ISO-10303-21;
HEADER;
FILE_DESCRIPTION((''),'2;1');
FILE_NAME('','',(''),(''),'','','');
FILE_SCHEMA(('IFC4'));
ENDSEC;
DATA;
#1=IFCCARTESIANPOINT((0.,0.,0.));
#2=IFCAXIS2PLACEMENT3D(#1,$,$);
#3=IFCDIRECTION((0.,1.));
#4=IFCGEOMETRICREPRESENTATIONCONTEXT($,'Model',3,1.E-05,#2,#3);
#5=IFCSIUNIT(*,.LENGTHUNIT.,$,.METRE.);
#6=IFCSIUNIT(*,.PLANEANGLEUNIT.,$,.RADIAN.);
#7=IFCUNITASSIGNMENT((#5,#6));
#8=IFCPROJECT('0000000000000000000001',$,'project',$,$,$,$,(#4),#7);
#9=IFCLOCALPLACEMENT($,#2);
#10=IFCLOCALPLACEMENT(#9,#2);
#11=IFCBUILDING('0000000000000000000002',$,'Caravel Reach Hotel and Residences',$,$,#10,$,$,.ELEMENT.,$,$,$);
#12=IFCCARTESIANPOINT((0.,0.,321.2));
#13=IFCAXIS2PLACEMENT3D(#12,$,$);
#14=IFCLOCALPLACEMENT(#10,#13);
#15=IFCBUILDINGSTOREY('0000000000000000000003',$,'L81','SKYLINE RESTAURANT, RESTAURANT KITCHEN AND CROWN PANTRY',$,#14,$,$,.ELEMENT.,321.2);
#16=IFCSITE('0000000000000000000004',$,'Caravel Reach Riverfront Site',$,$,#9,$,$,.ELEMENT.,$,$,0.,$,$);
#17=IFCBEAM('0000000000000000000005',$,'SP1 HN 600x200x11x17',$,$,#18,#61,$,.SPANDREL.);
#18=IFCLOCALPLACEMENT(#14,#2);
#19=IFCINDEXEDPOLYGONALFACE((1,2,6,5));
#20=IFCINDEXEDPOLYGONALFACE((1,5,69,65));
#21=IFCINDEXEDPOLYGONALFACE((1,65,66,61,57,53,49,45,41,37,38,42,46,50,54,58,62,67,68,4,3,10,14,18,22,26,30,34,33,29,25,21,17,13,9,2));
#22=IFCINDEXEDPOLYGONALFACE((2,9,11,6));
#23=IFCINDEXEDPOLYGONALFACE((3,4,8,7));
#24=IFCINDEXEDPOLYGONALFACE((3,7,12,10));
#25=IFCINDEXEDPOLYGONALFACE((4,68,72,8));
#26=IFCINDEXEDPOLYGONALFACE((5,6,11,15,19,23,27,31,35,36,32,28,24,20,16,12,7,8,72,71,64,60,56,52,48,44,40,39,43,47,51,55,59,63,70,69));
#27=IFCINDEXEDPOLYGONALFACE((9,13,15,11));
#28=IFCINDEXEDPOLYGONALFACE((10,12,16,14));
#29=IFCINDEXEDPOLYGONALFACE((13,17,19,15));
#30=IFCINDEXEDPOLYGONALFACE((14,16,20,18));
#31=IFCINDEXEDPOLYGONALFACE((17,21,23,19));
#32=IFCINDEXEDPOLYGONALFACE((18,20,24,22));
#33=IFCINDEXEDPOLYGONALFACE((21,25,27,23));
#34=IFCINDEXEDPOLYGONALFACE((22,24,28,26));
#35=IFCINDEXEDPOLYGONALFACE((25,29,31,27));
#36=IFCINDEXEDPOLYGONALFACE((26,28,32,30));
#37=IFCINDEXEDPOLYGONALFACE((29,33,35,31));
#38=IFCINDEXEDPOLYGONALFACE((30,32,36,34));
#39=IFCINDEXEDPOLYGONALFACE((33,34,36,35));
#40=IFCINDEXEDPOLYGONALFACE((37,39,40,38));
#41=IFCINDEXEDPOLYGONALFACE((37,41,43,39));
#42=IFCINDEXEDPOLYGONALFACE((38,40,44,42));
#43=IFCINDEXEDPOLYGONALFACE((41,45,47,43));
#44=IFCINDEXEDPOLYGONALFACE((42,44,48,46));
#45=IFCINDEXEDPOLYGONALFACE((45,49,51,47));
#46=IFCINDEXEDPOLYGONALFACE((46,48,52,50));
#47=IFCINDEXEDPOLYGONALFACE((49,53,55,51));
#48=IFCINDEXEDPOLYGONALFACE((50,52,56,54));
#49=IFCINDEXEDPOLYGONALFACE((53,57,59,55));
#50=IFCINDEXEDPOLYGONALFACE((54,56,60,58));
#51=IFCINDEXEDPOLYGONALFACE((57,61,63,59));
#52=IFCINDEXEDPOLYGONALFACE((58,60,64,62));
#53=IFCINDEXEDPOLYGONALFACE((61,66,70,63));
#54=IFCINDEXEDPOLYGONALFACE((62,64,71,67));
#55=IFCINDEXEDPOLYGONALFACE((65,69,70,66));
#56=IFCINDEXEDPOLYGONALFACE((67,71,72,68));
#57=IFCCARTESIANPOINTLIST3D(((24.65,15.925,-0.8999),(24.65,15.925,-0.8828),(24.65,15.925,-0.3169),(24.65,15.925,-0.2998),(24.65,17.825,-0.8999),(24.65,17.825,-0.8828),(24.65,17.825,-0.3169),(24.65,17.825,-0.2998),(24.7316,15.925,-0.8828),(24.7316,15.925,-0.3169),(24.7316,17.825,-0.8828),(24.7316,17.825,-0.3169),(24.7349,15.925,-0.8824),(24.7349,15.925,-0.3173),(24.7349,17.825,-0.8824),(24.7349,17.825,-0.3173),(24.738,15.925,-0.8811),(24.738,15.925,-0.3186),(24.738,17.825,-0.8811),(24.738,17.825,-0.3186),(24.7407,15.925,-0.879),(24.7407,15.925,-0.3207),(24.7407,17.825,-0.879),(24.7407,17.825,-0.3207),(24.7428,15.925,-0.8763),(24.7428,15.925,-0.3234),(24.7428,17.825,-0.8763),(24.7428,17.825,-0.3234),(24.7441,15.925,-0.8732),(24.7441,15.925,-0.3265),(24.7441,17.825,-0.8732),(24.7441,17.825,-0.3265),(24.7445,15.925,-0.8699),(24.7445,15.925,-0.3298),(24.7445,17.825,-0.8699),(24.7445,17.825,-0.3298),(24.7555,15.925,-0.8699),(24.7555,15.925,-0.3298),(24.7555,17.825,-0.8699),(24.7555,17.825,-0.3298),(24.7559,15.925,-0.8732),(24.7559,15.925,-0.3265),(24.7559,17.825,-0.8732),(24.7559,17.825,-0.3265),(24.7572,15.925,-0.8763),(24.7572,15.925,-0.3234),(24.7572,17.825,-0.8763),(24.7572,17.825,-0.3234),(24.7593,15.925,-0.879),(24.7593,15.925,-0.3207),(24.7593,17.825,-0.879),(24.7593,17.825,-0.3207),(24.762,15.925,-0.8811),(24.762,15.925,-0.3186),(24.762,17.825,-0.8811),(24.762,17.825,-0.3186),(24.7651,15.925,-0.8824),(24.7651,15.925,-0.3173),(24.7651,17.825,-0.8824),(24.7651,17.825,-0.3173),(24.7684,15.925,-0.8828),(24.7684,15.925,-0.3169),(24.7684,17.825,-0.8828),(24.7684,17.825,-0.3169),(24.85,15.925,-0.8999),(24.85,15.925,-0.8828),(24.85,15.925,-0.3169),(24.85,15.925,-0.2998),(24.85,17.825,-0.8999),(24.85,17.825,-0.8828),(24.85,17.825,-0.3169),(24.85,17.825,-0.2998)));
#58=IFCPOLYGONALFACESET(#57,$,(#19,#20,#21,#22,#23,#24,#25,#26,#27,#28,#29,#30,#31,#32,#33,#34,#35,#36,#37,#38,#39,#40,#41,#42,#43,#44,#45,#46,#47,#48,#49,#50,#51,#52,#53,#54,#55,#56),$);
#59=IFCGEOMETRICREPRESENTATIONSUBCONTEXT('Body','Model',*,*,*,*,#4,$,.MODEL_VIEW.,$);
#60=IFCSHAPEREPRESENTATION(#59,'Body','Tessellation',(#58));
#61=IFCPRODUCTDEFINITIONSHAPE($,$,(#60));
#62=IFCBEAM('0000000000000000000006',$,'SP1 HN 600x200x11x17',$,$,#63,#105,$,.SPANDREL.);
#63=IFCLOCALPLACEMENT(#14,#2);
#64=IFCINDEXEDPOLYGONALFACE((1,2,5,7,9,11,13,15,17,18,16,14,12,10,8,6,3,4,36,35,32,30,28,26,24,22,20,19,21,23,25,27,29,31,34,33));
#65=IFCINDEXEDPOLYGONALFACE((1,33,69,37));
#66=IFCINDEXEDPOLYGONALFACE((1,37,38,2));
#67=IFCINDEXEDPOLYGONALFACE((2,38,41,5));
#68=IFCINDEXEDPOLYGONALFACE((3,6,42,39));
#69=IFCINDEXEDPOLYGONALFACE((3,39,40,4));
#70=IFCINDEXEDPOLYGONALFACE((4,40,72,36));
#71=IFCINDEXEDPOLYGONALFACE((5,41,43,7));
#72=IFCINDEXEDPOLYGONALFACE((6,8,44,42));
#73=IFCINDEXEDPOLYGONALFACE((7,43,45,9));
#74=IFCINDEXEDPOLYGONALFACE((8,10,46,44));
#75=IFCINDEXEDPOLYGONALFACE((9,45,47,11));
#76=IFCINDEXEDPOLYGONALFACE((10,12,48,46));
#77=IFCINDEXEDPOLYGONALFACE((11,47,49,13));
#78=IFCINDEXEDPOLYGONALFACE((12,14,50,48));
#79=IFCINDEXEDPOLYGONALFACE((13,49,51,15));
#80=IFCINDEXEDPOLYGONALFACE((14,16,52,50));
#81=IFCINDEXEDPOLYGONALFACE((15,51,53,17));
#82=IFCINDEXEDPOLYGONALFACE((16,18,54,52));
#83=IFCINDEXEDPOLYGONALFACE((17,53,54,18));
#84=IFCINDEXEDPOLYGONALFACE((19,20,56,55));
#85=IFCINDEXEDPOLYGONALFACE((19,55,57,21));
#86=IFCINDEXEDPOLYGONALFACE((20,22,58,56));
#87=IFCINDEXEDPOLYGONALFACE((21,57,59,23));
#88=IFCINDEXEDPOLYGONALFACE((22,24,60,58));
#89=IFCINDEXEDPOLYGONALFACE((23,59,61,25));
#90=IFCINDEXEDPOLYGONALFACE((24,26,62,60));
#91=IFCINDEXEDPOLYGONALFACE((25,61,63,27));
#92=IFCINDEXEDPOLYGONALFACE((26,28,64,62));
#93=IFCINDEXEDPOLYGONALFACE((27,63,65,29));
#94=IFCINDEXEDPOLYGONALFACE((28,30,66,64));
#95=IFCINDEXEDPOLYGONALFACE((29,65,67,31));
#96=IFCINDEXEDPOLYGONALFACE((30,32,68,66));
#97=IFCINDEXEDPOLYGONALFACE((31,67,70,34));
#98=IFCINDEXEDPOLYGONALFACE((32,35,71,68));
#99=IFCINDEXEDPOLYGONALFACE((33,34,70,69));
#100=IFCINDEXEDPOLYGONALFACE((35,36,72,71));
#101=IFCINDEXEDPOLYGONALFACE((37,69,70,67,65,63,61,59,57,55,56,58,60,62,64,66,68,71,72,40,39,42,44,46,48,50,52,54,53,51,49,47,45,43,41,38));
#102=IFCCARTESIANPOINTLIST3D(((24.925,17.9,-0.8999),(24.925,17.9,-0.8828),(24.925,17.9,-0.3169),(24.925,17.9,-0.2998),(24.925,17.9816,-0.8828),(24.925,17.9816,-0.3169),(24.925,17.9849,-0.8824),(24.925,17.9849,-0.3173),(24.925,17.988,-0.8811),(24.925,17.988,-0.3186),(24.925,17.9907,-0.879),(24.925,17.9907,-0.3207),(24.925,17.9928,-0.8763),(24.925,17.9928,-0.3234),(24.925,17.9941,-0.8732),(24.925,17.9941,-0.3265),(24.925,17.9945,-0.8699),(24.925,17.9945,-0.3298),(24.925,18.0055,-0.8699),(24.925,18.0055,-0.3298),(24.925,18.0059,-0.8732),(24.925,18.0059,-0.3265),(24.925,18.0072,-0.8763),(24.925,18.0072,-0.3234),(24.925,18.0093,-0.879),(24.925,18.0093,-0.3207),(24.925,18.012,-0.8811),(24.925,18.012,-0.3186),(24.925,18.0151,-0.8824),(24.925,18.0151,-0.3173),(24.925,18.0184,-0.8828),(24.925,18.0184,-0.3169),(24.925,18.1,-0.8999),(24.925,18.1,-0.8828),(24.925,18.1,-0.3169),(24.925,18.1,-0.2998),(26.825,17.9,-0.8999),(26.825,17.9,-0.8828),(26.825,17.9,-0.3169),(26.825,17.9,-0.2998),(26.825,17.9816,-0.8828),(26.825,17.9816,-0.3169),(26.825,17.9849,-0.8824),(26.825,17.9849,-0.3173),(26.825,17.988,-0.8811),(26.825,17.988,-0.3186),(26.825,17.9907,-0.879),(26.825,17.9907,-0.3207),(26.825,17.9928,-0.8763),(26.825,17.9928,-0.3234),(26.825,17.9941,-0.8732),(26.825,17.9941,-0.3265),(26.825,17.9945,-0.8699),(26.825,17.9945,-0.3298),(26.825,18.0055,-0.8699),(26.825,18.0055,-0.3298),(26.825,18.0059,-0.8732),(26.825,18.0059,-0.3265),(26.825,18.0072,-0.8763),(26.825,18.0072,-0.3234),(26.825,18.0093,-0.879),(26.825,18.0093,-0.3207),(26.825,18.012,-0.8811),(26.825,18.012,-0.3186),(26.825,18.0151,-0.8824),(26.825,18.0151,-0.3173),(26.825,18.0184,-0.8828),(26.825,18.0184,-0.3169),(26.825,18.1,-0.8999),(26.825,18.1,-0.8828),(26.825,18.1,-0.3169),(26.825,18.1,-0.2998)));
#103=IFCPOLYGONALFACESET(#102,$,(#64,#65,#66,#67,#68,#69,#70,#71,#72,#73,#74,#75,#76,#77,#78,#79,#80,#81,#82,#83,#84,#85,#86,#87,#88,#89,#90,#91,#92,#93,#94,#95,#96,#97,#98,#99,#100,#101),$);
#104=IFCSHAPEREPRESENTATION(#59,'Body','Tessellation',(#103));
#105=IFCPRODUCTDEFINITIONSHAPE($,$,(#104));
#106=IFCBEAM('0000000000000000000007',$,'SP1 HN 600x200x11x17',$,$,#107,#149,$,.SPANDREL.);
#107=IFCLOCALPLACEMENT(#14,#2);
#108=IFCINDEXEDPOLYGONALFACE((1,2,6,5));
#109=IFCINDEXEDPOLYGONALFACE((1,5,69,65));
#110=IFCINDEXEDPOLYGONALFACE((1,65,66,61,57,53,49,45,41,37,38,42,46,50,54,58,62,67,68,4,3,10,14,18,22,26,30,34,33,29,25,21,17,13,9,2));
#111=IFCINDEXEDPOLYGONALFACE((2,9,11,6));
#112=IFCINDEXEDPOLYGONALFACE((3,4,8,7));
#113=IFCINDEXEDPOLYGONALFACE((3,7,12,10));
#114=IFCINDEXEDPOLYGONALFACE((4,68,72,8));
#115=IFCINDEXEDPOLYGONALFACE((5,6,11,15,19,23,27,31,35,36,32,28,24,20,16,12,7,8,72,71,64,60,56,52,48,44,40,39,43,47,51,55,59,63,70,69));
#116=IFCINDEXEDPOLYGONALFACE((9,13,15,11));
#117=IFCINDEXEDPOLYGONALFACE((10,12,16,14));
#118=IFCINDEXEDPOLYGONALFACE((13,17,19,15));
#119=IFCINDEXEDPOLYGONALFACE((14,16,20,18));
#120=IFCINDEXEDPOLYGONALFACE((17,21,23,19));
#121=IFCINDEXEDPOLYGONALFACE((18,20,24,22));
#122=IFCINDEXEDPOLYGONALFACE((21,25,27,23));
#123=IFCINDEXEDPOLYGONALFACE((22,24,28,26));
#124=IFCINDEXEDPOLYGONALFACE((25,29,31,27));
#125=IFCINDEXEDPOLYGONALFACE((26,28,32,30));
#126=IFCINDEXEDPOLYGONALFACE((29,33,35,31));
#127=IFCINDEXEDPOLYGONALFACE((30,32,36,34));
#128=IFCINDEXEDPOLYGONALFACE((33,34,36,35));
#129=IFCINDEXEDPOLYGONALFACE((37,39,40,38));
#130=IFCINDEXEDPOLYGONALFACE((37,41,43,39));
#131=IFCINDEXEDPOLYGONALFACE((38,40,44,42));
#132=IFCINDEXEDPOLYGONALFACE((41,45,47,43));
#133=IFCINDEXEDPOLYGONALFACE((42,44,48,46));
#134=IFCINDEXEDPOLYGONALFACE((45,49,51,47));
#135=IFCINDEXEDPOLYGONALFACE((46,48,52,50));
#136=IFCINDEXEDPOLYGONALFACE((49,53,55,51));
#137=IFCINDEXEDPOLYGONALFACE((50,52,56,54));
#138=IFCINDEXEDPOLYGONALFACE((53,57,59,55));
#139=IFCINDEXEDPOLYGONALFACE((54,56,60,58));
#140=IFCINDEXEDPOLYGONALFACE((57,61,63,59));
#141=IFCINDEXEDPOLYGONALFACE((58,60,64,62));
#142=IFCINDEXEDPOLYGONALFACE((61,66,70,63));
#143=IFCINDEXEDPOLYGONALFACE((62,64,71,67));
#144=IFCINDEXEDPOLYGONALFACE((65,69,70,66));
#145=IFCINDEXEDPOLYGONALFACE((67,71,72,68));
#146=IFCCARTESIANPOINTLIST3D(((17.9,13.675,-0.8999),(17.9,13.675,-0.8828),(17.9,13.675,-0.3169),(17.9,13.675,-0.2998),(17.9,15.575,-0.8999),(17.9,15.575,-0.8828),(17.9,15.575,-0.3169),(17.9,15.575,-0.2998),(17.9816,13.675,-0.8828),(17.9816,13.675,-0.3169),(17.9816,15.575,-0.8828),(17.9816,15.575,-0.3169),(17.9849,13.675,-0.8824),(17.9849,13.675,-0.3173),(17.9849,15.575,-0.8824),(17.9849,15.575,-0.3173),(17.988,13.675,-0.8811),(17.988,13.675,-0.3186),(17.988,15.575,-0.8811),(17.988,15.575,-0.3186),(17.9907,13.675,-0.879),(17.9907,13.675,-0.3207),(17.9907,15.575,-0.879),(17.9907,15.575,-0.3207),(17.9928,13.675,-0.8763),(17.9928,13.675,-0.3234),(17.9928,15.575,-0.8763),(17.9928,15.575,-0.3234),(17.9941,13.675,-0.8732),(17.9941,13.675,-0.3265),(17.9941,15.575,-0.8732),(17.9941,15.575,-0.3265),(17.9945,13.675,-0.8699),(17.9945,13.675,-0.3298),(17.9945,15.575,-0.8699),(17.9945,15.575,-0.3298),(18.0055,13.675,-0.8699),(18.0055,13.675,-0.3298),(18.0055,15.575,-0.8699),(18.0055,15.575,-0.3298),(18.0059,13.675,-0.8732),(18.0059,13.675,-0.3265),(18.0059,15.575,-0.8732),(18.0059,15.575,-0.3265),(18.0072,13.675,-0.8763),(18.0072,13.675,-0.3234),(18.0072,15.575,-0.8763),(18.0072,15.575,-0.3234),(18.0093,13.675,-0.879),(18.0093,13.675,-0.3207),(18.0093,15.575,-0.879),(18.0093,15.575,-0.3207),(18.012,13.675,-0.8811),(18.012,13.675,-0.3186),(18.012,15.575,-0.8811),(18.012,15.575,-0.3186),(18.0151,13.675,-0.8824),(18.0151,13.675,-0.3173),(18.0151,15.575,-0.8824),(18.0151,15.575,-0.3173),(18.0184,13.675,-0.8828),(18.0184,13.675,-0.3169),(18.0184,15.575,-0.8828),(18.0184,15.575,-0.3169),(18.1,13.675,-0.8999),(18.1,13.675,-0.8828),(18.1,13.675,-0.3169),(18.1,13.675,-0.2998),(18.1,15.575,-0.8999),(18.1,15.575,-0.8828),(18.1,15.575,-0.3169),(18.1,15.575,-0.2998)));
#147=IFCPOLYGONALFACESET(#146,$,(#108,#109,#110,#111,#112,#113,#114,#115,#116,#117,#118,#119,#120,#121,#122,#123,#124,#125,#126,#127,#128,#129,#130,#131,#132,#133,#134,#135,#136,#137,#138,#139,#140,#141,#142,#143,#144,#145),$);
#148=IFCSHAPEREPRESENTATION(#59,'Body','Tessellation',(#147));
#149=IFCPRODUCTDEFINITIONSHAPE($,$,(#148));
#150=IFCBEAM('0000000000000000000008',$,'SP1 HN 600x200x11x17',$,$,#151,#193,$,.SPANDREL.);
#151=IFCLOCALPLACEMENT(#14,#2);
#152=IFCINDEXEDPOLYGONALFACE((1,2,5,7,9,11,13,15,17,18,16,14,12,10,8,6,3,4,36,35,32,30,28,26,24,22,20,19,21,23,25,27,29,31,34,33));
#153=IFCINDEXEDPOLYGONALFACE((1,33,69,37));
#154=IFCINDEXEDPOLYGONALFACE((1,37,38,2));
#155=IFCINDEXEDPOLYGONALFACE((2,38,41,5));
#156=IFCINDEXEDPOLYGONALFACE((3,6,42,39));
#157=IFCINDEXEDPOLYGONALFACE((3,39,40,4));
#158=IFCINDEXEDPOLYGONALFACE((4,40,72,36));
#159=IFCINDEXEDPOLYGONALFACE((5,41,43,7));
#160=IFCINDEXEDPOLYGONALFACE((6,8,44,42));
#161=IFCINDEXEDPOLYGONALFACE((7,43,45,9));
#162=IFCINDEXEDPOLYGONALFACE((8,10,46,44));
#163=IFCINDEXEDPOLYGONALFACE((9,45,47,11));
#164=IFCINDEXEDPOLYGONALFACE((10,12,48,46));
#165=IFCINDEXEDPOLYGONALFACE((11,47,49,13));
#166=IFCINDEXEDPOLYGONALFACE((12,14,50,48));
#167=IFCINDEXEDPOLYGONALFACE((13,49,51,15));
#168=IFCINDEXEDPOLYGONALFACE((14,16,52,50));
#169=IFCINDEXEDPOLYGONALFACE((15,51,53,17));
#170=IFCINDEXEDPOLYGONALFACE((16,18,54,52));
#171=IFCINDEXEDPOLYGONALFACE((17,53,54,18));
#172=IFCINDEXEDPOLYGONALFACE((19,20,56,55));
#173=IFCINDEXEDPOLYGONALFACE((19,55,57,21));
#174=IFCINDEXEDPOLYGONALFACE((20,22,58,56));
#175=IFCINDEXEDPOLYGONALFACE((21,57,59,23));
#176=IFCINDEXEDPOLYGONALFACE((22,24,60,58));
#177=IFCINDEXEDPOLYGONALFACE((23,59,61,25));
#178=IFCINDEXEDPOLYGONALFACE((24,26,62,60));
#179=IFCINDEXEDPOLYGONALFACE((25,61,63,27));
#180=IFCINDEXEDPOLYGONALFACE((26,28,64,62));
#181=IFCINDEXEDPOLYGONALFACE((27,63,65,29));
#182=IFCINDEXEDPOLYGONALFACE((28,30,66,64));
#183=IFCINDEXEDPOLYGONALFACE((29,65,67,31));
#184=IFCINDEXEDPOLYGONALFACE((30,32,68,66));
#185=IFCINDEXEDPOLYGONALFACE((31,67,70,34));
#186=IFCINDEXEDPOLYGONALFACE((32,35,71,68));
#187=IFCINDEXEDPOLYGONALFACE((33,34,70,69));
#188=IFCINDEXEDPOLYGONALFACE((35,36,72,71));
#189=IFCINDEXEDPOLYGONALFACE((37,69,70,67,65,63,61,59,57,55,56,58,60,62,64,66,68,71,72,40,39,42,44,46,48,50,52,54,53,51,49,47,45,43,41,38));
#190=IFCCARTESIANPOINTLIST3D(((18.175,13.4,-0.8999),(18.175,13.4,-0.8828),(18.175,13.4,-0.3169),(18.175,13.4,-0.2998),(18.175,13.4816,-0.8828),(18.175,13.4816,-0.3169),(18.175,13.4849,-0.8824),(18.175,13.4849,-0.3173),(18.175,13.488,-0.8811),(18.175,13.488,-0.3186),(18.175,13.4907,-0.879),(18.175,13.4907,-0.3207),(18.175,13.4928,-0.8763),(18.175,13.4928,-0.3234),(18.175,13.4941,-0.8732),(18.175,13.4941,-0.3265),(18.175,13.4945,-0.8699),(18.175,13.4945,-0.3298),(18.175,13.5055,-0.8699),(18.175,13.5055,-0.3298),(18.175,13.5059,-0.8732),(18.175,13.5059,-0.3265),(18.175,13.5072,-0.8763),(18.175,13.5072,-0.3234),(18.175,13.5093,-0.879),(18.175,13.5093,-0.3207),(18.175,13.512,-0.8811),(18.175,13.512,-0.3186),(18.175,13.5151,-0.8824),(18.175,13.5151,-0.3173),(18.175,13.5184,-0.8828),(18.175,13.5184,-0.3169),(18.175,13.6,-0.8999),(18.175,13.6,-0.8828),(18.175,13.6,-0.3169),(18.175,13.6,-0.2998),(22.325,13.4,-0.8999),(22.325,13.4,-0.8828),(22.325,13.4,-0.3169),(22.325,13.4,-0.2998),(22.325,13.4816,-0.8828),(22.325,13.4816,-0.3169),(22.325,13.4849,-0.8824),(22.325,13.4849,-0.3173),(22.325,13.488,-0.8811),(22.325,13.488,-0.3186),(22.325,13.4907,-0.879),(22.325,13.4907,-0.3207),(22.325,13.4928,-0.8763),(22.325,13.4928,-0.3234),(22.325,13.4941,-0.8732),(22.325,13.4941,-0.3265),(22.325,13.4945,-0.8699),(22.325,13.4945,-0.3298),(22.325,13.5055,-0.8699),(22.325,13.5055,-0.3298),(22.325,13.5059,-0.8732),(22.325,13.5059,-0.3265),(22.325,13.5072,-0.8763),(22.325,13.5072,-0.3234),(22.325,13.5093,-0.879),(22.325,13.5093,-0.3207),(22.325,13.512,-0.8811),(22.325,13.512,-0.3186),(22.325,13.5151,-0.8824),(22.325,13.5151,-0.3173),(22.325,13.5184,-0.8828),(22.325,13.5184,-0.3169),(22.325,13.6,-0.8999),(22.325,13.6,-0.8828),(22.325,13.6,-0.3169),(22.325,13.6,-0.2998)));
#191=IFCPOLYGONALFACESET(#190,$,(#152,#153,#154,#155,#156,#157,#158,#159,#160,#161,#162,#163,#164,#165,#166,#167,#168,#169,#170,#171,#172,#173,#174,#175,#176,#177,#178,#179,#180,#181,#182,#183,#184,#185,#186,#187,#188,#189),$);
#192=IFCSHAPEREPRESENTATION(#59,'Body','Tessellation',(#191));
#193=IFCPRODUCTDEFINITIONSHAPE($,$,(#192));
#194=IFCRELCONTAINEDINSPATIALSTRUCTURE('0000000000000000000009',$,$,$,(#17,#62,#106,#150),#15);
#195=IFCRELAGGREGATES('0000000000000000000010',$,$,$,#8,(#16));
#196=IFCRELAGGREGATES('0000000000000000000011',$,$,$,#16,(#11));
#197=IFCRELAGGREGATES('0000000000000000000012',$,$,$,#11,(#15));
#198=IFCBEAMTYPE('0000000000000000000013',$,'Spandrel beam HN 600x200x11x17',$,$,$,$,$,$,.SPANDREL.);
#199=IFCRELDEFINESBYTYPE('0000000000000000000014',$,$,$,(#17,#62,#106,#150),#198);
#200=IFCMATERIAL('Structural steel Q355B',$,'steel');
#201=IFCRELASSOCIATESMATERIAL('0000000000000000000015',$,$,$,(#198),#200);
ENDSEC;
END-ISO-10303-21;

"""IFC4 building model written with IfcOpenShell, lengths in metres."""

from ifc_helpers import new_model, si_unit, direction, frame, origin, origin_2d, place, context, subcontext, project, spatial, i_section, extrude, material, material_profile, profile_set, type_object, element, save


model = new_model("IFC4")

# Units and contexts
model_context = context("Model", 3, precision=1e-05, world=origin(), true_north=direction((0.0, 1.0)))
body_context = subcontext(model_context, "Body", "Model", "MODEL_VIEW")
ifc_project = project(units=[si_unit("LENGTHUNIT", "METRE"), si_unit("PLANEANGLEUNIT", "RADIAN")], contexts=[model_context])

# Site, building, storey
site_placement = place(None, origin())
site = spatial("IfcSite", under=ifc_project, at=site_placement, Name="Caravel Reach Riverfront Site", CompositionType="ELEMENT", RefElevation=0.0)
building_placement = place(site_placement, origin())
building = spatial("IfcBuilding", under=site, at=building_placement, Name="Caravel Reach Hotel and Residences", CompositionType="ELEMENT")
storey_placement = place(building_placement, frame((0.0, 0.0, 321.2)))
storey = spatial("IfcBuildingStorey", under=building, at=storey_placement, Name="L81", Description="SKYLINE RESTAURANT, RESTAURANT KITCHEN AND CROWN PANTRY", CompositionType="ELEMENT", Elevation=321.2)

# Beams
ifc_material_1 = material(Name="Structural steel Q355B", Category="steel")
ifc_material_profile_1 = material_profile(ifc_material_1, i_section(OverallWidth=0.2, OverallDepth=0.6001, WebThickness=0.011, FlangeThickness=0.0171, FilletRadius=0.0129, at=origin_2d()), Name="HN 600x200x11x17")
ifc_profile_set_1 = profile_set([ifc_material_profile_1], Name="Structural steel Q355B")
beam_type_1 = type_object("IfcBeamType", Name="Spandrel beam HN 600x200x11x17", PredefinedType="SPANDREL", material=ifc_profile_set_1)
for number, where, z_axis, x_axis, name in (
    (1, (24.75, 15.925, -0.5999), (0.0, 1.0, 0.0), (-1.0, 0.0, 0.0), "SP1 HN 600x200x11x17"),
    (2, (24.925, 18.0, -0.5999), (1.0, 0.0, 0.0), (0.0, 1.0, 0.0), "SP1 HN 600x200x11x17"),
    (3, (18.0, 15.575, -0.5999), (0.0, -1.0, 0.0), (1.0, 0.0, 0.0), "SP1 HN 600x200x11x17"),
):
    element("IfcBeam", number, at=place(storey_placement, frame(where, z_axis=z_axis, x_axis=x_axis)), inside=storey, type_object=beam_type_1, Name=name, PredefinedType="SPANDREL", context=body_context, shape_type="SweptSolid", body=[
        extrude(i_section(OverallWidth=0.2, OverallDepth=0.6001, WebThickness=0.011, FlangeThickness=0.0171, FilletRadius=0.0129, at=origin_2d()), origin(), (0.0, 0.0, 1.0), 1.8999),
    ])
beam_1_placement = place(storey_placement, frame((18.175, 13.5, -0.5999), z_axis=(1.0, 0.0, 0.0), x_axis=(0.0, 1.0, 0.0)))
element("IfcBeam", 4, at=beam_1_placement, inside=storey, type_object=beam_type_1, Name="SP1 HN 600x200x11x17", PredefinedType="SPANDREL", context=body_context, shape_type="SweptSolid", body=[
    extrude(i_section(OverallWidth=0.2, OverallDepth=0.6001, WebThickness=0.011, FlangeThickness=0.0171, FilletRadius=0.0129, at=origin_2d()), origin(), (0.0, 0.0, 1.0), 4.1499),
])

save(model, "model.ifc")
